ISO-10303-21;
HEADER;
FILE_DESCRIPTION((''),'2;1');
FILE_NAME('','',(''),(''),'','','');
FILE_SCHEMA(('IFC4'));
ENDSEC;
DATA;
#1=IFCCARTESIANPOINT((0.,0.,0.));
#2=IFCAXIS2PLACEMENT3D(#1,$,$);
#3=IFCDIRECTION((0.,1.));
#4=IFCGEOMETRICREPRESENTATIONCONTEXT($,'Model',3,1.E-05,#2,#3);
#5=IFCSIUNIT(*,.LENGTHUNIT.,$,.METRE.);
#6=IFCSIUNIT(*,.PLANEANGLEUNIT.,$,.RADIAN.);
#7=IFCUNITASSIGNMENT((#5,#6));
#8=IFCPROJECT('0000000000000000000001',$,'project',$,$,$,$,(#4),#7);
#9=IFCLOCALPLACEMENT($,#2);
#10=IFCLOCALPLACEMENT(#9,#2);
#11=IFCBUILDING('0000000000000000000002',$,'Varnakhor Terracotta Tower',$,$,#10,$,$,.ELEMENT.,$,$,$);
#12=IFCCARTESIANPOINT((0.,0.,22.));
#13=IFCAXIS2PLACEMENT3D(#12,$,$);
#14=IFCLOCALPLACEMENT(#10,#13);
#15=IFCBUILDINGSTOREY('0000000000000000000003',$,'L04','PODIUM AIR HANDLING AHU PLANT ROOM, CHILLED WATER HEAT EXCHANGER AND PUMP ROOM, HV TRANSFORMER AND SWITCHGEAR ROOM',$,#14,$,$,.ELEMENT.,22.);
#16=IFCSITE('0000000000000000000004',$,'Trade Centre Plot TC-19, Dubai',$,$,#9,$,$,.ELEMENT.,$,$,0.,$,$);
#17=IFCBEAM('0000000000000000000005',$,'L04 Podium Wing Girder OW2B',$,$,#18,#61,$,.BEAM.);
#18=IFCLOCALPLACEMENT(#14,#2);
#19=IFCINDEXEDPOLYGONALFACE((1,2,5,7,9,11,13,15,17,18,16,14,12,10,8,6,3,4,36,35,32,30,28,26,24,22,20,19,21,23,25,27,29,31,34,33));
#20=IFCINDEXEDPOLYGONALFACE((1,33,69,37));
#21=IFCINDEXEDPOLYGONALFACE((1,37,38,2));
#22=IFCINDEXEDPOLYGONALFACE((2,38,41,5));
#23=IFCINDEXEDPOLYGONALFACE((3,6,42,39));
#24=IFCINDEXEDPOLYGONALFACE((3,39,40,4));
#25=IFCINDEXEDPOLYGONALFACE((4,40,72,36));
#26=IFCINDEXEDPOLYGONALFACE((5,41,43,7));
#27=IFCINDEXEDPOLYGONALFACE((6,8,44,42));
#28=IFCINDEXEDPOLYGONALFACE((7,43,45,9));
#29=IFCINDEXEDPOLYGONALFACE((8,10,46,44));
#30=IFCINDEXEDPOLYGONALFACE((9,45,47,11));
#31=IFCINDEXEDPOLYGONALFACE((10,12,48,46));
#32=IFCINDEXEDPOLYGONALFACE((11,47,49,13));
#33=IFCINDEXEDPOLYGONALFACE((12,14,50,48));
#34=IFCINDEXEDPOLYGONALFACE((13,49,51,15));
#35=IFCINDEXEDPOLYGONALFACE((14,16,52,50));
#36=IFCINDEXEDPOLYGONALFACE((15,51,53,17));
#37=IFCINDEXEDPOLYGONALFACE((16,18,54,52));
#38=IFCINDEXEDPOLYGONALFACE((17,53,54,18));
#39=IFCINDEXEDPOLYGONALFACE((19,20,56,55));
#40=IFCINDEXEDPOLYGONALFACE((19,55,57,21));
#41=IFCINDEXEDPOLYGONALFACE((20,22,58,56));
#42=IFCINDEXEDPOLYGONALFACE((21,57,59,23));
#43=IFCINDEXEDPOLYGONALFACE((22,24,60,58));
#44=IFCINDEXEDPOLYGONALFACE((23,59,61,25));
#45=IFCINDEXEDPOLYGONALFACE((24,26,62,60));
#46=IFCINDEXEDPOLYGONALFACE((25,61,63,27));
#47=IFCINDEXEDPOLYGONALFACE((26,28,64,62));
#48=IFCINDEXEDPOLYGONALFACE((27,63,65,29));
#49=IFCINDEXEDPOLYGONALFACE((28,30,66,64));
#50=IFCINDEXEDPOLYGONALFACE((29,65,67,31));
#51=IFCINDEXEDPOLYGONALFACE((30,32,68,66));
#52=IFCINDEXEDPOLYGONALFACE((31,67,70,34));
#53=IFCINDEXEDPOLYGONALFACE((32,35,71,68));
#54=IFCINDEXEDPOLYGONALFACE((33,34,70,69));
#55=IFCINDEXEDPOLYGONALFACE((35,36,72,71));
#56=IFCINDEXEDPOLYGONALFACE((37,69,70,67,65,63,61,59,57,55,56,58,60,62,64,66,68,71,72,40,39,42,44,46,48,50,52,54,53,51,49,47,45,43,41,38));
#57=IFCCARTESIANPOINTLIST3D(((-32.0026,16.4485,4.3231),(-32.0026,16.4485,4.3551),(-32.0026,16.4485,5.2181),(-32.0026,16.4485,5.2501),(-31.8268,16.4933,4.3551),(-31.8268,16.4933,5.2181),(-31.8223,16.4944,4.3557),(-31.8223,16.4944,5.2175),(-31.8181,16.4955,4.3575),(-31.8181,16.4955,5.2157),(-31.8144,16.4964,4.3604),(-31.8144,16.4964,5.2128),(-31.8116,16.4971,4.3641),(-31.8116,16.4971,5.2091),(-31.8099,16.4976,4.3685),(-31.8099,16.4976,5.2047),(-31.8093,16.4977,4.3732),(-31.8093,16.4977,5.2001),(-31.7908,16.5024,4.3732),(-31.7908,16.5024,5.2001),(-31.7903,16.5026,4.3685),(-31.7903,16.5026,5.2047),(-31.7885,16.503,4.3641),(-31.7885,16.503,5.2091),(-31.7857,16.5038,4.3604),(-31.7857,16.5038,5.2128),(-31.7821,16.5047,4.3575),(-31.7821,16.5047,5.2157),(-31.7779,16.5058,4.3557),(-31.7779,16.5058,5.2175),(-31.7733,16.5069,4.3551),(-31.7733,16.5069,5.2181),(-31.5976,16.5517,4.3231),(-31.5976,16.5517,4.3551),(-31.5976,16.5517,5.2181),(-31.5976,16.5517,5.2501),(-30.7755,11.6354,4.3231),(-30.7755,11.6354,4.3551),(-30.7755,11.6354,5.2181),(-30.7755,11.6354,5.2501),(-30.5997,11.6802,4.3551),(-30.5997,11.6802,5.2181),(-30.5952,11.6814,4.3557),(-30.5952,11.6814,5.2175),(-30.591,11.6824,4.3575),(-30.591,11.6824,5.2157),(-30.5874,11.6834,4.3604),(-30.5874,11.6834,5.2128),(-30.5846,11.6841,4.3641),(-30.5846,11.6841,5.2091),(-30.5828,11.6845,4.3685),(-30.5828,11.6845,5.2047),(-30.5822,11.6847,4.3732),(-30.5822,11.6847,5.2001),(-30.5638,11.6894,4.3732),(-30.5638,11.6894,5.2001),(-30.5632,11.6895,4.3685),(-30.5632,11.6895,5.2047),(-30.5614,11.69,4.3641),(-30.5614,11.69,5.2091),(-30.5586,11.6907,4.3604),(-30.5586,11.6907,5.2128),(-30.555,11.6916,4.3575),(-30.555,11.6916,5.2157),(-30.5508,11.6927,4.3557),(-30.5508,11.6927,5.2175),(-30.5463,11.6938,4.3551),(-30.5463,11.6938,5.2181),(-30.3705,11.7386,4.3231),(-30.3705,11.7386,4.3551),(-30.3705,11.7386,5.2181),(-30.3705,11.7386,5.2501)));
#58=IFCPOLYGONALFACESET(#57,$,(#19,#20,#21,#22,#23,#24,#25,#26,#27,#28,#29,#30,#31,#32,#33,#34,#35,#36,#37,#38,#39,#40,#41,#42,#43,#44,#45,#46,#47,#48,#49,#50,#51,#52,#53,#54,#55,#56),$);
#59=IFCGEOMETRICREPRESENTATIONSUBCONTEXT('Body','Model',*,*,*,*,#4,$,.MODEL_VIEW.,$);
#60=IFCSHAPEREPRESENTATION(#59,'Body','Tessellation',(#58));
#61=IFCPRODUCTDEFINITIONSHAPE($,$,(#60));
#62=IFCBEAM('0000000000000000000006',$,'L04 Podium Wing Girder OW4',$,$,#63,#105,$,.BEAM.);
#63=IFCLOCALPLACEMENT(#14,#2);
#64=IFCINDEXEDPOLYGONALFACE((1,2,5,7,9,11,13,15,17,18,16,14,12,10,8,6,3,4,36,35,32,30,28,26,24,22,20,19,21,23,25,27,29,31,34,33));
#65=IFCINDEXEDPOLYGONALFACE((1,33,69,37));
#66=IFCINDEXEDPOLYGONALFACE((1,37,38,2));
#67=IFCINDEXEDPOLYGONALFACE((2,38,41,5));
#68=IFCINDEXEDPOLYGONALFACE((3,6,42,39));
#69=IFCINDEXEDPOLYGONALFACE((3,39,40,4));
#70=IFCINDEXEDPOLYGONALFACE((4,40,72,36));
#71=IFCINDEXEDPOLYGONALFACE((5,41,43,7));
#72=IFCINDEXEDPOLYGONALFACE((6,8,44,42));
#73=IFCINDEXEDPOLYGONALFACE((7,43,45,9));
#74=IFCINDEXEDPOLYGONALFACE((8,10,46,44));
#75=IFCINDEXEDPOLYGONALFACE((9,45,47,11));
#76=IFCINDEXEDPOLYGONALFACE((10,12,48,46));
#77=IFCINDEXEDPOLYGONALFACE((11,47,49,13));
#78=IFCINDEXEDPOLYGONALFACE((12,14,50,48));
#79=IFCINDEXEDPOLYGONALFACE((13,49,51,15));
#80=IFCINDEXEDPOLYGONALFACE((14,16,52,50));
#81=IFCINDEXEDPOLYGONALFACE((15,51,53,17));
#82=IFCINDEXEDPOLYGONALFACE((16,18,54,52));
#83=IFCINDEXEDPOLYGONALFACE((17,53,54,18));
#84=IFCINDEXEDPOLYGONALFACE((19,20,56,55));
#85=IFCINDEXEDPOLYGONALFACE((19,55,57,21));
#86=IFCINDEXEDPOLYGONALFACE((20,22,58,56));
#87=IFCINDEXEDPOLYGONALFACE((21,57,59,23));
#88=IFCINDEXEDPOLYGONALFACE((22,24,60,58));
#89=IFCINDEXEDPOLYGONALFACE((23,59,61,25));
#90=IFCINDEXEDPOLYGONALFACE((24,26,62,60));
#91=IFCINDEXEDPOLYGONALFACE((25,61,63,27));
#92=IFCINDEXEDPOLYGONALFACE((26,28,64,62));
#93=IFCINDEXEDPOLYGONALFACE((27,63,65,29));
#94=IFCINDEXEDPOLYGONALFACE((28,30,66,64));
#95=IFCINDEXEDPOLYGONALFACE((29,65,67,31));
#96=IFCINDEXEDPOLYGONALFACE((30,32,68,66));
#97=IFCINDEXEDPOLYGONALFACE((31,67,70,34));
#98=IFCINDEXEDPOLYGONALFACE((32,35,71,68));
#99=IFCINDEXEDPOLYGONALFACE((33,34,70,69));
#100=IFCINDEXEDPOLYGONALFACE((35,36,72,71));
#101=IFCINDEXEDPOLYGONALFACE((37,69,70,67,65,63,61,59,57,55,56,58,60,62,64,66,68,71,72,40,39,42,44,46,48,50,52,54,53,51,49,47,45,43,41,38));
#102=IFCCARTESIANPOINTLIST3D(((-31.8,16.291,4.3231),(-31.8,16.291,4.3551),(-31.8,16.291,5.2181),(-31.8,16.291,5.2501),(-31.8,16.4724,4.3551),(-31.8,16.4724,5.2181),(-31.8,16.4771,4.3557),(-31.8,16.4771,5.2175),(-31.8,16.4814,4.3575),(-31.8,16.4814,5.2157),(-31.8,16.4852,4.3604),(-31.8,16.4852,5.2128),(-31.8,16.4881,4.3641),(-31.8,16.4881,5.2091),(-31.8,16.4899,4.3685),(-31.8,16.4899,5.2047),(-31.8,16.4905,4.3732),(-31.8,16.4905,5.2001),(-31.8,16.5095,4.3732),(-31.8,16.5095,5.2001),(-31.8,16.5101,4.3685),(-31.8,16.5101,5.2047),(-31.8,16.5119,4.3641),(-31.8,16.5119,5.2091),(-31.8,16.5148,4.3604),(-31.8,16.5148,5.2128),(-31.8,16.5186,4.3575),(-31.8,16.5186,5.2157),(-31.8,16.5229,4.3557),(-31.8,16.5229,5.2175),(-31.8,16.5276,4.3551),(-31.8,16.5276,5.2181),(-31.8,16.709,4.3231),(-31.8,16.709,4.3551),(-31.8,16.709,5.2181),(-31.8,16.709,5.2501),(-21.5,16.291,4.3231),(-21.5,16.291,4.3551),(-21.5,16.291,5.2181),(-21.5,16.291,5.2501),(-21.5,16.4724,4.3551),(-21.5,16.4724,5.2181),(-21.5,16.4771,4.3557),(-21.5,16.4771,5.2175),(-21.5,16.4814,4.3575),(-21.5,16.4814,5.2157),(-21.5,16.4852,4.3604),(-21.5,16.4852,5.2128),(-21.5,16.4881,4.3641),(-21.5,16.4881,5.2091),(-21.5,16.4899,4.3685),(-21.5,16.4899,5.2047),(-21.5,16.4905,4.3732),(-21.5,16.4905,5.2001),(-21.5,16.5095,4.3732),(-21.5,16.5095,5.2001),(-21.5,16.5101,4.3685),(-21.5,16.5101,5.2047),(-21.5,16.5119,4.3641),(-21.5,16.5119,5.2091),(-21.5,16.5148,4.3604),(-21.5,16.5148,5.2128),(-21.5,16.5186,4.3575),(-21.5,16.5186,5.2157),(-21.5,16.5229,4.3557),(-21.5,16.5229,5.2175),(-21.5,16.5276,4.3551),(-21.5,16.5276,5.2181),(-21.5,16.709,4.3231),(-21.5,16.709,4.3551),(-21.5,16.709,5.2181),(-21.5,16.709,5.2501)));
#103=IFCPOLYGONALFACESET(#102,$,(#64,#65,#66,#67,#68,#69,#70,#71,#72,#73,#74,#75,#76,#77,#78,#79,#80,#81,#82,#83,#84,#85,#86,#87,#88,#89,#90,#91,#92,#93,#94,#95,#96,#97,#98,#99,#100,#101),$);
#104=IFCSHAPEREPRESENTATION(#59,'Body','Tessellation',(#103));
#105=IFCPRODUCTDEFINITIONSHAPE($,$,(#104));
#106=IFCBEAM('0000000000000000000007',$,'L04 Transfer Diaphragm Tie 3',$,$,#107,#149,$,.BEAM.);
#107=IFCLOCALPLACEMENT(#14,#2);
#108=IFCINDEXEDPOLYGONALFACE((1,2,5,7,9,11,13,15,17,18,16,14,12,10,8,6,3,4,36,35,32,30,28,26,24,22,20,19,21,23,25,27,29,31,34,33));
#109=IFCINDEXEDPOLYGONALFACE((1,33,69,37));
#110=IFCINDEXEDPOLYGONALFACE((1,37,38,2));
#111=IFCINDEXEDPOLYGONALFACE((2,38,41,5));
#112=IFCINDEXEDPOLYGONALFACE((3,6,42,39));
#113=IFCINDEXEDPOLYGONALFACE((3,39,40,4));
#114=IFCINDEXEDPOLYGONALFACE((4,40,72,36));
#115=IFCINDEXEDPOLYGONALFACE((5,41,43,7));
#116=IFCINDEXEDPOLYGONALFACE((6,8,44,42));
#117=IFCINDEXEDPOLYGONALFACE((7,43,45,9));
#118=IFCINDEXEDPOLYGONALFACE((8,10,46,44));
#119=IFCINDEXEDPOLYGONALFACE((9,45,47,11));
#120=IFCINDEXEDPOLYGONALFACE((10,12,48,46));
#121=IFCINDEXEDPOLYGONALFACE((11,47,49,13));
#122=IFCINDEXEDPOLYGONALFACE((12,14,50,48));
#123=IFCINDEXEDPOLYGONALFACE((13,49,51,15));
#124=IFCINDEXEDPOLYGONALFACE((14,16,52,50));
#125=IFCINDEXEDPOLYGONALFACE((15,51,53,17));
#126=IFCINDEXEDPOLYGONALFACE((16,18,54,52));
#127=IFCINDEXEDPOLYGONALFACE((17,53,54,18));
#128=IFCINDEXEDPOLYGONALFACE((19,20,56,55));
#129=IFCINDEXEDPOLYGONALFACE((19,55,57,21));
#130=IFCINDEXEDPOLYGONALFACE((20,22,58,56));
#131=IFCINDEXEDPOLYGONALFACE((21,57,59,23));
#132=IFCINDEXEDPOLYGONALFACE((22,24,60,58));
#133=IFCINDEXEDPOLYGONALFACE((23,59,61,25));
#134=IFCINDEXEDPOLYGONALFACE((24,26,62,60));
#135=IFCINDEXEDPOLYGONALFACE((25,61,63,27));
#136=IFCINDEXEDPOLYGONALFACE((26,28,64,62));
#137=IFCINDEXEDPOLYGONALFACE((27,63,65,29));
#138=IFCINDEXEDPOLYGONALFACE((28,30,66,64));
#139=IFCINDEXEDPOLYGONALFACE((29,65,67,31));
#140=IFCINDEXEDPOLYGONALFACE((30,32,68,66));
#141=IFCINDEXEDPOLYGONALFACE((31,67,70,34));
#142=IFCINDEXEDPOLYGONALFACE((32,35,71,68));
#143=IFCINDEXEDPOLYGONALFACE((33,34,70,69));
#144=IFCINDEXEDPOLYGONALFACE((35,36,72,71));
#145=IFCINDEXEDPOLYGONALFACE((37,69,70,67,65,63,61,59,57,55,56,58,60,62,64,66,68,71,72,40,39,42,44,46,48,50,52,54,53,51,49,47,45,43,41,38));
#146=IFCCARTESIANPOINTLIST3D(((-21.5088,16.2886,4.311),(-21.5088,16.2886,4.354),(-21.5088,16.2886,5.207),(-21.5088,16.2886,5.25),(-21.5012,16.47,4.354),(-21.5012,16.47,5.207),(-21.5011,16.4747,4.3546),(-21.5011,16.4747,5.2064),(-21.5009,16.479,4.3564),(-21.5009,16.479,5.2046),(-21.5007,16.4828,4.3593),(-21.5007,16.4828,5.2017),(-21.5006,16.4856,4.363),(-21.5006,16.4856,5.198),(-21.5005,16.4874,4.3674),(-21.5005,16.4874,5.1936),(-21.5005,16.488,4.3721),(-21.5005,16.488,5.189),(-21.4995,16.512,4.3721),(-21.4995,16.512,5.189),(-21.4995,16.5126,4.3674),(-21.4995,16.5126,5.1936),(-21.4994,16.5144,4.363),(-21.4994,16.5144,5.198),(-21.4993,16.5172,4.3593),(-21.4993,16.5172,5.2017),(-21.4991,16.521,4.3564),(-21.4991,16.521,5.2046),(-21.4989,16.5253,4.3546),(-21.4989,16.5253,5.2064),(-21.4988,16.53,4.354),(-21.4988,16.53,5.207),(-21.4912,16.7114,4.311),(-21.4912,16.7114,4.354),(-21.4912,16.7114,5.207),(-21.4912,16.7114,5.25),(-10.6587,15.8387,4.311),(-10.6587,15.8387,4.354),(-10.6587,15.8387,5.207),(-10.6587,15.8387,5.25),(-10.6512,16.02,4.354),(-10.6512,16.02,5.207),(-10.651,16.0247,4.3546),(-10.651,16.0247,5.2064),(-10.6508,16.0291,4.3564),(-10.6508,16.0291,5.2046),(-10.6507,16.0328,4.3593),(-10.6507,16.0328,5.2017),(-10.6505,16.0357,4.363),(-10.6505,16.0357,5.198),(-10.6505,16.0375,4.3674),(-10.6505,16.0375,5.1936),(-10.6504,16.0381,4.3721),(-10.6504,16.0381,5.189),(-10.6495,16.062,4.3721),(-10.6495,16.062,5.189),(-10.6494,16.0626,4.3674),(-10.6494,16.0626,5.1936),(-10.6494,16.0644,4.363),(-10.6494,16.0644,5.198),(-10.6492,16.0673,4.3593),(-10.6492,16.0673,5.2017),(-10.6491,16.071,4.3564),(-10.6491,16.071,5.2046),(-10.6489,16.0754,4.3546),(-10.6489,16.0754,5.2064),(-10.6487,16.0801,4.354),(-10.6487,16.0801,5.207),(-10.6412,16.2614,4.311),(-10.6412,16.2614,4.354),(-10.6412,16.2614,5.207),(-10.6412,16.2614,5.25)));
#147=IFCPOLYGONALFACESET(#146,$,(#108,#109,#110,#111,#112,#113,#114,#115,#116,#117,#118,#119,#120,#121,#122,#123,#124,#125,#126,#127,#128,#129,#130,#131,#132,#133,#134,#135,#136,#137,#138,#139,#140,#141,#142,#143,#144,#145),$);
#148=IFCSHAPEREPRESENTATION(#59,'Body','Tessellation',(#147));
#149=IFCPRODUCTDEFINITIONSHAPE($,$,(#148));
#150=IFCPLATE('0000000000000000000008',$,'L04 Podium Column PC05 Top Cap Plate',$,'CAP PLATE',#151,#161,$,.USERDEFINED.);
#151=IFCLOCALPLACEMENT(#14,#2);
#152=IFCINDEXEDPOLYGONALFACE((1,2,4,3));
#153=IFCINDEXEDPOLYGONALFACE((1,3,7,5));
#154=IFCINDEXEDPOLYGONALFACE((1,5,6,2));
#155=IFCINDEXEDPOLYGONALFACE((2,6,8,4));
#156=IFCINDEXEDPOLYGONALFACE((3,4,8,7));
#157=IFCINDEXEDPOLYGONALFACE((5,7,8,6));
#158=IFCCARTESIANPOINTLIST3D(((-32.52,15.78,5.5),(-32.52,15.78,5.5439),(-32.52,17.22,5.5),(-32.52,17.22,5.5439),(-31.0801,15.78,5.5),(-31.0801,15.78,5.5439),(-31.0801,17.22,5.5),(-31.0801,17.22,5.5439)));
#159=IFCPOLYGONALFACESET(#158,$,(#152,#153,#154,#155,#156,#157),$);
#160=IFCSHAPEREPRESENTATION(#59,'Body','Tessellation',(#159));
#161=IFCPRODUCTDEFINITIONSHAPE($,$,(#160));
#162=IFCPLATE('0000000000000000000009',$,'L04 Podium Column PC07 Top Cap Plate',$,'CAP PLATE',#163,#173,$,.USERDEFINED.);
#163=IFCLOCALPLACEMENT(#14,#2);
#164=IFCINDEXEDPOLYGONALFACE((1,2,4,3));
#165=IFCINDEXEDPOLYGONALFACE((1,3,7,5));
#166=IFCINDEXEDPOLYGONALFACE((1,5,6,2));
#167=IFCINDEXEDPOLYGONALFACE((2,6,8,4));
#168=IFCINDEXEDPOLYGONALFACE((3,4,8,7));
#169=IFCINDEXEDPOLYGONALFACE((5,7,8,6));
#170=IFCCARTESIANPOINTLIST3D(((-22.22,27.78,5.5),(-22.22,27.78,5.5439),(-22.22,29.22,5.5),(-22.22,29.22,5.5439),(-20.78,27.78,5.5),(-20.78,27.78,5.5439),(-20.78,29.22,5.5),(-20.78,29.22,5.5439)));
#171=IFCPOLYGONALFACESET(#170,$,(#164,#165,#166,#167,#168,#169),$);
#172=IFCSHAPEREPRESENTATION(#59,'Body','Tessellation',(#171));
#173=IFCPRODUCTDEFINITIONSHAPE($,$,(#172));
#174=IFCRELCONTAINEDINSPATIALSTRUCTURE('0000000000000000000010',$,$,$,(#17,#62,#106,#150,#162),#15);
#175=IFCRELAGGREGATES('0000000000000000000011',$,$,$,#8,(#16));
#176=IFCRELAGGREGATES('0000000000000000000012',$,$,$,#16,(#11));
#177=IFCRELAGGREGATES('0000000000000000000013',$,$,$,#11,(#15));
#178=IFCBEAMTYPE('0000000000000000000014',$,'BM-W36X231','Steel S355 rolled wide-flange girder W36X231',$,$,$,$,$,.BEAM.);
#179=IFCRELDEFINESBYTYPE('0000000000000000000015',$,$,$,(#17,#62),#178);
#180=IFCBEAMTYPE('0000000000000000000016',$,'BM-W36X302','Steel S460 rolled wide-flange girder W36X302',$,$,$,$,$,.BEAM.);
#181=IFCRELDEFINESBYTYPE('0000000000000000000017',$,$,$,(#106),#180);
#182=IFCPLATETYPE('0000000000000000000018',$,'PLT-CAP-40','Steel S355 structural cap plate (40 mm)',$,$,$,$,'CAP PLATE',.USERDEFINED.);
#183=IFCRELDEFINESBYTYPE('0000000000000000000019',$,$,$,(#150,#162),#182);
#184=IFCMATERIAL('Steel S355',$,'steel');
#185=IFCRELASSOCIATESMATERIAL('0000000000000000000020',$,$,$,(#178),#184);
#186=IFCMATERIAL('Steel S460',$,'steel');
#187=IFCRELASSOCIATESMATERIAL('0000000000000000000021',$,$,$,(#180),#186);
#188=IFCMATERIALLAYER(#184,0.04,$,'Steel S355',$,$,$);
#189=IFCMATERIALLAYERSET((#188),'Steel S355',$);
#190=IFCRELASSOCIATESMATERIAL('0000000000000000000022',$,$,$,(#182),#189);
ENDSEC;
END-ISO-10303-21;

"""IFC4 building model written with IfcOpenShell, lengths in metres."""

from ifc_helpers import new_model, si_unit, direction, frame, origin, origin_2d, place, context, subcontext, project, spatial, rectangle, i_section, extrude, source, transform, mapped, material, layer, layer_set, material_profile, profile_set, type_object, type_shapes, element, save


model = new_model("IFC4")

# Units and contexts
model_context = context("Model", 3, precision=1e-05, world=origin(), true_north=direction((0.0, 1.0)))
body_context = subcontext(model_context, "Body", "Model", "MODEL_VIEW")
ifc_project = project(units=[si_unit("LENGTHUNIT", "METRE"), si_unit("PLANEANGLEUNIT", "RADIAN")], contexts=[model_context])

# Site, building, storey
site_placement = place(None, origin())
site = spatial("IfcSite", under=ifc_project, at=site_placement, Name="Trade Centre Plot TC-19, Dubai", CompositionType="ELEMENT", RefElevation=0.0)
building_placement = place(site_placement, origin())
building = spatial("IfcBuilding", under=site, at=building_placement, Name="Varnakhor Terracotta Tower", CompositionType="ELEMENT")
storey_placement = place(building_placement, frame((0.0, 0.0, 22.0)))
storey = spatial("IfcBuildingStorey", under=building, at=storey_placement, Name="L04", Description="PODIUM AIR HANDLING AHU PLANT ROOM, CHILLED WATER HEAT EXCHANGER AND PUMP ROOM, HV TRANSFORMER AND SWITCHGEAR ROOM", CompositionType="ELEMENT", Elevation=22.0)

# Shared definitions
ifc_material_1 = material(Name="Steel S460", Category="steel")

# Beams
ifc_material_2 = material(Name="Steel S355", Category="steel")
ifc_material_profile_1 = material_profile(ifc_material_2, i_section(OverallWidth=0.418, OverallDepth=0.927, WebThickness=0.019, FlangeThickness=0.032, FilletRadius=0.0181, at=origin_2d()), Name="W36X231")
ifc_profile_set_1 = profile_set([ifc_material_profile_1], Name="Steel S355")
beam_type_1 = type_object("IfcBeamType", Name="BM-W36X231", Description="Steel S355 rolled wide-flange girder W36X231", PredefinedType="BEAM", material=ifc_profile_set_1)
shared_shape_1 = source(origin(), body_context, "Body", "SweptSolid", [
    extrude(i_section(OverallWidth=0.418, OverallDepth=0.927, WebThickness=0.019, FlangeThickness=0.032, FilletRadius=0.0181, at=origin_2d()), origin(), (0.0, 0.0, 1.0), 4.967),
])
beam_1_placement = place(storey_placement, frame((-30.573, 11.687, 4.7866), z_axis=(-0.247044, 0.969004, 0.0), x_axis=(-0.969004, -0.247044, 0.0)))
element("IfcBeam", 1, at=beam_1_placement, inside=storey, type_object=beam_type_1, Name="L04 Podium Wing Girder OW2B", PredefinedType="BEAM", context=body_context, shape_type="MappedRepresentation", body=[
    mapped(shared_shape_1, transform((0.0, 0.0, 0.0), scale=1.0)),
])
shared_shape_2 = source(origin(), body_context, "Body", "SweptSolid", [
    extrude(i_section(OverallWidth=0.418, OverallDepth=0.927, WebThickness=0.019, FlangeThickness=0.032, FilletRadius=0.0181, at=origin_2d()), origin(), (0.0, 0.0, 1.0), 10.3),
])
beam_2_placement = place(storey_placement, frame((-21.5, 16.5, 4.7866), z_axis=(-1.0, 0.0, 0.0), x_axis=(0.0, -1.0, 0.0)))
element("IfcBeam", 2, at=beam_2_placement, inside=storey, type_object=beam_type_1, Name="L04 Podium Wing Girder OW4", PredefinedType="BEAM", context=body_context, shape_type="MappedRepresentation", body=[
    mapped(shared_shape_2, transform((0.0, 0.0, 0.0), scale=1.0)),
])
ifc_material_profile_2 = material_profile(ifc_material_1, i_section(OverallWidth=0.4231, OverallDepth=0.939, WebThickness=0.0239, FlangeThickness=0.043, FilletRadius=0.0181, at=origin_2d()), Name="W36X302")
ifc_profile_set_2 = profile_set([ifc_material_profile_2], Name="Steel S460")
beam_type_2 = type_object("IfcBeamType", Name="BM-W36X302", Description="Steel S460 rolled wide-flange girder W36X302", PredefinedType="BEAM", material=ifc_profile_set_2)
shared_shape_3 = source(origin(), body_context, "Body", "SweptSolid", [
    extrude(i_section(OverallWidth=0.4231, OverallDepth=0.939, WebThickness=0.0239, FlangeThickness=0.043, FilletRadius=0.0181, at=origin_2d()), origin(), (0.0, 0.0, 1.0), 10.8594),
])
beam_3_placement = place(storey_placement, frame((-21.5, 16.5, 4.7805), z_axis=(0.999141, -0.041434, 0.0), x_axis=(0.041434, 0.999141, 0.0)))
element("IfcBeam", 3, at=beam_3_placement, inside=storey, type_object=beam_type_2, Name="L04 Transfer Diaphragm Tie 3", PredefinedType="BEAM", context=body_context, shape_type="MappedRepresentation", body=[
    mapped(shared_shape_3, transform((0.0, 0.0, 0.0), scale=1.0)),
])

# Plates
ifc_layer_1 = layer(ifc_material_2, 0.04, Name="Steel S355")
ifc_layer_set_1 = layer_set([ifc_layer_1], Name="Steel S355")
plate_type = type_object("IfcPlateType", Name="PLT-CAP-40", Description="Steel S355 structural cap plate (40 mm)", ElementType="CAP PLATE", PredefinedType="USERDEFINED", material=ifc_layer_set_1)
shared_shape_4 = source(origin(), body_context, "Body", "SweptSolid", [
    extrude(rectangle(XDim=1.4399, YDim=1.4399, at=origin_2d()), origin(), (0.0, 0.0, 1.0), 0.0439),
])
type_shapes(plate_type, [shared_shape_4])
for number, where, z_axis, x_axis, name in (
    (4, (-31.8, 16.5, 5.5), (0.0, 0.0, 1.0), (1.0, 0.0, 0.0), "L04 Podium Column PC05 Top Cap Plate"),
    (5, (-21.5, 28.5, 5.5), (0.0, 0.0, 1.0), (1.0, 0.0, 0.0), "L04 Podium Column PC07 Top Cap Plate"),
):
    element("IfcPlate", number, at=place(storey_placement, frame(where, z_axis=z_axis, x_axis=x_axis)), inside=storey, type_object=plate_type, Name=name, ObjectType="CAP PLATE", PredefinedType="USERDEFINED", context=body_context, shape_type="MappedRepresentation", body=[
        mapped(shared_shape_4, transform((0.0, 0.0, 0.0), scale=1.0)),
    ])

save(model, "model.ifc")
